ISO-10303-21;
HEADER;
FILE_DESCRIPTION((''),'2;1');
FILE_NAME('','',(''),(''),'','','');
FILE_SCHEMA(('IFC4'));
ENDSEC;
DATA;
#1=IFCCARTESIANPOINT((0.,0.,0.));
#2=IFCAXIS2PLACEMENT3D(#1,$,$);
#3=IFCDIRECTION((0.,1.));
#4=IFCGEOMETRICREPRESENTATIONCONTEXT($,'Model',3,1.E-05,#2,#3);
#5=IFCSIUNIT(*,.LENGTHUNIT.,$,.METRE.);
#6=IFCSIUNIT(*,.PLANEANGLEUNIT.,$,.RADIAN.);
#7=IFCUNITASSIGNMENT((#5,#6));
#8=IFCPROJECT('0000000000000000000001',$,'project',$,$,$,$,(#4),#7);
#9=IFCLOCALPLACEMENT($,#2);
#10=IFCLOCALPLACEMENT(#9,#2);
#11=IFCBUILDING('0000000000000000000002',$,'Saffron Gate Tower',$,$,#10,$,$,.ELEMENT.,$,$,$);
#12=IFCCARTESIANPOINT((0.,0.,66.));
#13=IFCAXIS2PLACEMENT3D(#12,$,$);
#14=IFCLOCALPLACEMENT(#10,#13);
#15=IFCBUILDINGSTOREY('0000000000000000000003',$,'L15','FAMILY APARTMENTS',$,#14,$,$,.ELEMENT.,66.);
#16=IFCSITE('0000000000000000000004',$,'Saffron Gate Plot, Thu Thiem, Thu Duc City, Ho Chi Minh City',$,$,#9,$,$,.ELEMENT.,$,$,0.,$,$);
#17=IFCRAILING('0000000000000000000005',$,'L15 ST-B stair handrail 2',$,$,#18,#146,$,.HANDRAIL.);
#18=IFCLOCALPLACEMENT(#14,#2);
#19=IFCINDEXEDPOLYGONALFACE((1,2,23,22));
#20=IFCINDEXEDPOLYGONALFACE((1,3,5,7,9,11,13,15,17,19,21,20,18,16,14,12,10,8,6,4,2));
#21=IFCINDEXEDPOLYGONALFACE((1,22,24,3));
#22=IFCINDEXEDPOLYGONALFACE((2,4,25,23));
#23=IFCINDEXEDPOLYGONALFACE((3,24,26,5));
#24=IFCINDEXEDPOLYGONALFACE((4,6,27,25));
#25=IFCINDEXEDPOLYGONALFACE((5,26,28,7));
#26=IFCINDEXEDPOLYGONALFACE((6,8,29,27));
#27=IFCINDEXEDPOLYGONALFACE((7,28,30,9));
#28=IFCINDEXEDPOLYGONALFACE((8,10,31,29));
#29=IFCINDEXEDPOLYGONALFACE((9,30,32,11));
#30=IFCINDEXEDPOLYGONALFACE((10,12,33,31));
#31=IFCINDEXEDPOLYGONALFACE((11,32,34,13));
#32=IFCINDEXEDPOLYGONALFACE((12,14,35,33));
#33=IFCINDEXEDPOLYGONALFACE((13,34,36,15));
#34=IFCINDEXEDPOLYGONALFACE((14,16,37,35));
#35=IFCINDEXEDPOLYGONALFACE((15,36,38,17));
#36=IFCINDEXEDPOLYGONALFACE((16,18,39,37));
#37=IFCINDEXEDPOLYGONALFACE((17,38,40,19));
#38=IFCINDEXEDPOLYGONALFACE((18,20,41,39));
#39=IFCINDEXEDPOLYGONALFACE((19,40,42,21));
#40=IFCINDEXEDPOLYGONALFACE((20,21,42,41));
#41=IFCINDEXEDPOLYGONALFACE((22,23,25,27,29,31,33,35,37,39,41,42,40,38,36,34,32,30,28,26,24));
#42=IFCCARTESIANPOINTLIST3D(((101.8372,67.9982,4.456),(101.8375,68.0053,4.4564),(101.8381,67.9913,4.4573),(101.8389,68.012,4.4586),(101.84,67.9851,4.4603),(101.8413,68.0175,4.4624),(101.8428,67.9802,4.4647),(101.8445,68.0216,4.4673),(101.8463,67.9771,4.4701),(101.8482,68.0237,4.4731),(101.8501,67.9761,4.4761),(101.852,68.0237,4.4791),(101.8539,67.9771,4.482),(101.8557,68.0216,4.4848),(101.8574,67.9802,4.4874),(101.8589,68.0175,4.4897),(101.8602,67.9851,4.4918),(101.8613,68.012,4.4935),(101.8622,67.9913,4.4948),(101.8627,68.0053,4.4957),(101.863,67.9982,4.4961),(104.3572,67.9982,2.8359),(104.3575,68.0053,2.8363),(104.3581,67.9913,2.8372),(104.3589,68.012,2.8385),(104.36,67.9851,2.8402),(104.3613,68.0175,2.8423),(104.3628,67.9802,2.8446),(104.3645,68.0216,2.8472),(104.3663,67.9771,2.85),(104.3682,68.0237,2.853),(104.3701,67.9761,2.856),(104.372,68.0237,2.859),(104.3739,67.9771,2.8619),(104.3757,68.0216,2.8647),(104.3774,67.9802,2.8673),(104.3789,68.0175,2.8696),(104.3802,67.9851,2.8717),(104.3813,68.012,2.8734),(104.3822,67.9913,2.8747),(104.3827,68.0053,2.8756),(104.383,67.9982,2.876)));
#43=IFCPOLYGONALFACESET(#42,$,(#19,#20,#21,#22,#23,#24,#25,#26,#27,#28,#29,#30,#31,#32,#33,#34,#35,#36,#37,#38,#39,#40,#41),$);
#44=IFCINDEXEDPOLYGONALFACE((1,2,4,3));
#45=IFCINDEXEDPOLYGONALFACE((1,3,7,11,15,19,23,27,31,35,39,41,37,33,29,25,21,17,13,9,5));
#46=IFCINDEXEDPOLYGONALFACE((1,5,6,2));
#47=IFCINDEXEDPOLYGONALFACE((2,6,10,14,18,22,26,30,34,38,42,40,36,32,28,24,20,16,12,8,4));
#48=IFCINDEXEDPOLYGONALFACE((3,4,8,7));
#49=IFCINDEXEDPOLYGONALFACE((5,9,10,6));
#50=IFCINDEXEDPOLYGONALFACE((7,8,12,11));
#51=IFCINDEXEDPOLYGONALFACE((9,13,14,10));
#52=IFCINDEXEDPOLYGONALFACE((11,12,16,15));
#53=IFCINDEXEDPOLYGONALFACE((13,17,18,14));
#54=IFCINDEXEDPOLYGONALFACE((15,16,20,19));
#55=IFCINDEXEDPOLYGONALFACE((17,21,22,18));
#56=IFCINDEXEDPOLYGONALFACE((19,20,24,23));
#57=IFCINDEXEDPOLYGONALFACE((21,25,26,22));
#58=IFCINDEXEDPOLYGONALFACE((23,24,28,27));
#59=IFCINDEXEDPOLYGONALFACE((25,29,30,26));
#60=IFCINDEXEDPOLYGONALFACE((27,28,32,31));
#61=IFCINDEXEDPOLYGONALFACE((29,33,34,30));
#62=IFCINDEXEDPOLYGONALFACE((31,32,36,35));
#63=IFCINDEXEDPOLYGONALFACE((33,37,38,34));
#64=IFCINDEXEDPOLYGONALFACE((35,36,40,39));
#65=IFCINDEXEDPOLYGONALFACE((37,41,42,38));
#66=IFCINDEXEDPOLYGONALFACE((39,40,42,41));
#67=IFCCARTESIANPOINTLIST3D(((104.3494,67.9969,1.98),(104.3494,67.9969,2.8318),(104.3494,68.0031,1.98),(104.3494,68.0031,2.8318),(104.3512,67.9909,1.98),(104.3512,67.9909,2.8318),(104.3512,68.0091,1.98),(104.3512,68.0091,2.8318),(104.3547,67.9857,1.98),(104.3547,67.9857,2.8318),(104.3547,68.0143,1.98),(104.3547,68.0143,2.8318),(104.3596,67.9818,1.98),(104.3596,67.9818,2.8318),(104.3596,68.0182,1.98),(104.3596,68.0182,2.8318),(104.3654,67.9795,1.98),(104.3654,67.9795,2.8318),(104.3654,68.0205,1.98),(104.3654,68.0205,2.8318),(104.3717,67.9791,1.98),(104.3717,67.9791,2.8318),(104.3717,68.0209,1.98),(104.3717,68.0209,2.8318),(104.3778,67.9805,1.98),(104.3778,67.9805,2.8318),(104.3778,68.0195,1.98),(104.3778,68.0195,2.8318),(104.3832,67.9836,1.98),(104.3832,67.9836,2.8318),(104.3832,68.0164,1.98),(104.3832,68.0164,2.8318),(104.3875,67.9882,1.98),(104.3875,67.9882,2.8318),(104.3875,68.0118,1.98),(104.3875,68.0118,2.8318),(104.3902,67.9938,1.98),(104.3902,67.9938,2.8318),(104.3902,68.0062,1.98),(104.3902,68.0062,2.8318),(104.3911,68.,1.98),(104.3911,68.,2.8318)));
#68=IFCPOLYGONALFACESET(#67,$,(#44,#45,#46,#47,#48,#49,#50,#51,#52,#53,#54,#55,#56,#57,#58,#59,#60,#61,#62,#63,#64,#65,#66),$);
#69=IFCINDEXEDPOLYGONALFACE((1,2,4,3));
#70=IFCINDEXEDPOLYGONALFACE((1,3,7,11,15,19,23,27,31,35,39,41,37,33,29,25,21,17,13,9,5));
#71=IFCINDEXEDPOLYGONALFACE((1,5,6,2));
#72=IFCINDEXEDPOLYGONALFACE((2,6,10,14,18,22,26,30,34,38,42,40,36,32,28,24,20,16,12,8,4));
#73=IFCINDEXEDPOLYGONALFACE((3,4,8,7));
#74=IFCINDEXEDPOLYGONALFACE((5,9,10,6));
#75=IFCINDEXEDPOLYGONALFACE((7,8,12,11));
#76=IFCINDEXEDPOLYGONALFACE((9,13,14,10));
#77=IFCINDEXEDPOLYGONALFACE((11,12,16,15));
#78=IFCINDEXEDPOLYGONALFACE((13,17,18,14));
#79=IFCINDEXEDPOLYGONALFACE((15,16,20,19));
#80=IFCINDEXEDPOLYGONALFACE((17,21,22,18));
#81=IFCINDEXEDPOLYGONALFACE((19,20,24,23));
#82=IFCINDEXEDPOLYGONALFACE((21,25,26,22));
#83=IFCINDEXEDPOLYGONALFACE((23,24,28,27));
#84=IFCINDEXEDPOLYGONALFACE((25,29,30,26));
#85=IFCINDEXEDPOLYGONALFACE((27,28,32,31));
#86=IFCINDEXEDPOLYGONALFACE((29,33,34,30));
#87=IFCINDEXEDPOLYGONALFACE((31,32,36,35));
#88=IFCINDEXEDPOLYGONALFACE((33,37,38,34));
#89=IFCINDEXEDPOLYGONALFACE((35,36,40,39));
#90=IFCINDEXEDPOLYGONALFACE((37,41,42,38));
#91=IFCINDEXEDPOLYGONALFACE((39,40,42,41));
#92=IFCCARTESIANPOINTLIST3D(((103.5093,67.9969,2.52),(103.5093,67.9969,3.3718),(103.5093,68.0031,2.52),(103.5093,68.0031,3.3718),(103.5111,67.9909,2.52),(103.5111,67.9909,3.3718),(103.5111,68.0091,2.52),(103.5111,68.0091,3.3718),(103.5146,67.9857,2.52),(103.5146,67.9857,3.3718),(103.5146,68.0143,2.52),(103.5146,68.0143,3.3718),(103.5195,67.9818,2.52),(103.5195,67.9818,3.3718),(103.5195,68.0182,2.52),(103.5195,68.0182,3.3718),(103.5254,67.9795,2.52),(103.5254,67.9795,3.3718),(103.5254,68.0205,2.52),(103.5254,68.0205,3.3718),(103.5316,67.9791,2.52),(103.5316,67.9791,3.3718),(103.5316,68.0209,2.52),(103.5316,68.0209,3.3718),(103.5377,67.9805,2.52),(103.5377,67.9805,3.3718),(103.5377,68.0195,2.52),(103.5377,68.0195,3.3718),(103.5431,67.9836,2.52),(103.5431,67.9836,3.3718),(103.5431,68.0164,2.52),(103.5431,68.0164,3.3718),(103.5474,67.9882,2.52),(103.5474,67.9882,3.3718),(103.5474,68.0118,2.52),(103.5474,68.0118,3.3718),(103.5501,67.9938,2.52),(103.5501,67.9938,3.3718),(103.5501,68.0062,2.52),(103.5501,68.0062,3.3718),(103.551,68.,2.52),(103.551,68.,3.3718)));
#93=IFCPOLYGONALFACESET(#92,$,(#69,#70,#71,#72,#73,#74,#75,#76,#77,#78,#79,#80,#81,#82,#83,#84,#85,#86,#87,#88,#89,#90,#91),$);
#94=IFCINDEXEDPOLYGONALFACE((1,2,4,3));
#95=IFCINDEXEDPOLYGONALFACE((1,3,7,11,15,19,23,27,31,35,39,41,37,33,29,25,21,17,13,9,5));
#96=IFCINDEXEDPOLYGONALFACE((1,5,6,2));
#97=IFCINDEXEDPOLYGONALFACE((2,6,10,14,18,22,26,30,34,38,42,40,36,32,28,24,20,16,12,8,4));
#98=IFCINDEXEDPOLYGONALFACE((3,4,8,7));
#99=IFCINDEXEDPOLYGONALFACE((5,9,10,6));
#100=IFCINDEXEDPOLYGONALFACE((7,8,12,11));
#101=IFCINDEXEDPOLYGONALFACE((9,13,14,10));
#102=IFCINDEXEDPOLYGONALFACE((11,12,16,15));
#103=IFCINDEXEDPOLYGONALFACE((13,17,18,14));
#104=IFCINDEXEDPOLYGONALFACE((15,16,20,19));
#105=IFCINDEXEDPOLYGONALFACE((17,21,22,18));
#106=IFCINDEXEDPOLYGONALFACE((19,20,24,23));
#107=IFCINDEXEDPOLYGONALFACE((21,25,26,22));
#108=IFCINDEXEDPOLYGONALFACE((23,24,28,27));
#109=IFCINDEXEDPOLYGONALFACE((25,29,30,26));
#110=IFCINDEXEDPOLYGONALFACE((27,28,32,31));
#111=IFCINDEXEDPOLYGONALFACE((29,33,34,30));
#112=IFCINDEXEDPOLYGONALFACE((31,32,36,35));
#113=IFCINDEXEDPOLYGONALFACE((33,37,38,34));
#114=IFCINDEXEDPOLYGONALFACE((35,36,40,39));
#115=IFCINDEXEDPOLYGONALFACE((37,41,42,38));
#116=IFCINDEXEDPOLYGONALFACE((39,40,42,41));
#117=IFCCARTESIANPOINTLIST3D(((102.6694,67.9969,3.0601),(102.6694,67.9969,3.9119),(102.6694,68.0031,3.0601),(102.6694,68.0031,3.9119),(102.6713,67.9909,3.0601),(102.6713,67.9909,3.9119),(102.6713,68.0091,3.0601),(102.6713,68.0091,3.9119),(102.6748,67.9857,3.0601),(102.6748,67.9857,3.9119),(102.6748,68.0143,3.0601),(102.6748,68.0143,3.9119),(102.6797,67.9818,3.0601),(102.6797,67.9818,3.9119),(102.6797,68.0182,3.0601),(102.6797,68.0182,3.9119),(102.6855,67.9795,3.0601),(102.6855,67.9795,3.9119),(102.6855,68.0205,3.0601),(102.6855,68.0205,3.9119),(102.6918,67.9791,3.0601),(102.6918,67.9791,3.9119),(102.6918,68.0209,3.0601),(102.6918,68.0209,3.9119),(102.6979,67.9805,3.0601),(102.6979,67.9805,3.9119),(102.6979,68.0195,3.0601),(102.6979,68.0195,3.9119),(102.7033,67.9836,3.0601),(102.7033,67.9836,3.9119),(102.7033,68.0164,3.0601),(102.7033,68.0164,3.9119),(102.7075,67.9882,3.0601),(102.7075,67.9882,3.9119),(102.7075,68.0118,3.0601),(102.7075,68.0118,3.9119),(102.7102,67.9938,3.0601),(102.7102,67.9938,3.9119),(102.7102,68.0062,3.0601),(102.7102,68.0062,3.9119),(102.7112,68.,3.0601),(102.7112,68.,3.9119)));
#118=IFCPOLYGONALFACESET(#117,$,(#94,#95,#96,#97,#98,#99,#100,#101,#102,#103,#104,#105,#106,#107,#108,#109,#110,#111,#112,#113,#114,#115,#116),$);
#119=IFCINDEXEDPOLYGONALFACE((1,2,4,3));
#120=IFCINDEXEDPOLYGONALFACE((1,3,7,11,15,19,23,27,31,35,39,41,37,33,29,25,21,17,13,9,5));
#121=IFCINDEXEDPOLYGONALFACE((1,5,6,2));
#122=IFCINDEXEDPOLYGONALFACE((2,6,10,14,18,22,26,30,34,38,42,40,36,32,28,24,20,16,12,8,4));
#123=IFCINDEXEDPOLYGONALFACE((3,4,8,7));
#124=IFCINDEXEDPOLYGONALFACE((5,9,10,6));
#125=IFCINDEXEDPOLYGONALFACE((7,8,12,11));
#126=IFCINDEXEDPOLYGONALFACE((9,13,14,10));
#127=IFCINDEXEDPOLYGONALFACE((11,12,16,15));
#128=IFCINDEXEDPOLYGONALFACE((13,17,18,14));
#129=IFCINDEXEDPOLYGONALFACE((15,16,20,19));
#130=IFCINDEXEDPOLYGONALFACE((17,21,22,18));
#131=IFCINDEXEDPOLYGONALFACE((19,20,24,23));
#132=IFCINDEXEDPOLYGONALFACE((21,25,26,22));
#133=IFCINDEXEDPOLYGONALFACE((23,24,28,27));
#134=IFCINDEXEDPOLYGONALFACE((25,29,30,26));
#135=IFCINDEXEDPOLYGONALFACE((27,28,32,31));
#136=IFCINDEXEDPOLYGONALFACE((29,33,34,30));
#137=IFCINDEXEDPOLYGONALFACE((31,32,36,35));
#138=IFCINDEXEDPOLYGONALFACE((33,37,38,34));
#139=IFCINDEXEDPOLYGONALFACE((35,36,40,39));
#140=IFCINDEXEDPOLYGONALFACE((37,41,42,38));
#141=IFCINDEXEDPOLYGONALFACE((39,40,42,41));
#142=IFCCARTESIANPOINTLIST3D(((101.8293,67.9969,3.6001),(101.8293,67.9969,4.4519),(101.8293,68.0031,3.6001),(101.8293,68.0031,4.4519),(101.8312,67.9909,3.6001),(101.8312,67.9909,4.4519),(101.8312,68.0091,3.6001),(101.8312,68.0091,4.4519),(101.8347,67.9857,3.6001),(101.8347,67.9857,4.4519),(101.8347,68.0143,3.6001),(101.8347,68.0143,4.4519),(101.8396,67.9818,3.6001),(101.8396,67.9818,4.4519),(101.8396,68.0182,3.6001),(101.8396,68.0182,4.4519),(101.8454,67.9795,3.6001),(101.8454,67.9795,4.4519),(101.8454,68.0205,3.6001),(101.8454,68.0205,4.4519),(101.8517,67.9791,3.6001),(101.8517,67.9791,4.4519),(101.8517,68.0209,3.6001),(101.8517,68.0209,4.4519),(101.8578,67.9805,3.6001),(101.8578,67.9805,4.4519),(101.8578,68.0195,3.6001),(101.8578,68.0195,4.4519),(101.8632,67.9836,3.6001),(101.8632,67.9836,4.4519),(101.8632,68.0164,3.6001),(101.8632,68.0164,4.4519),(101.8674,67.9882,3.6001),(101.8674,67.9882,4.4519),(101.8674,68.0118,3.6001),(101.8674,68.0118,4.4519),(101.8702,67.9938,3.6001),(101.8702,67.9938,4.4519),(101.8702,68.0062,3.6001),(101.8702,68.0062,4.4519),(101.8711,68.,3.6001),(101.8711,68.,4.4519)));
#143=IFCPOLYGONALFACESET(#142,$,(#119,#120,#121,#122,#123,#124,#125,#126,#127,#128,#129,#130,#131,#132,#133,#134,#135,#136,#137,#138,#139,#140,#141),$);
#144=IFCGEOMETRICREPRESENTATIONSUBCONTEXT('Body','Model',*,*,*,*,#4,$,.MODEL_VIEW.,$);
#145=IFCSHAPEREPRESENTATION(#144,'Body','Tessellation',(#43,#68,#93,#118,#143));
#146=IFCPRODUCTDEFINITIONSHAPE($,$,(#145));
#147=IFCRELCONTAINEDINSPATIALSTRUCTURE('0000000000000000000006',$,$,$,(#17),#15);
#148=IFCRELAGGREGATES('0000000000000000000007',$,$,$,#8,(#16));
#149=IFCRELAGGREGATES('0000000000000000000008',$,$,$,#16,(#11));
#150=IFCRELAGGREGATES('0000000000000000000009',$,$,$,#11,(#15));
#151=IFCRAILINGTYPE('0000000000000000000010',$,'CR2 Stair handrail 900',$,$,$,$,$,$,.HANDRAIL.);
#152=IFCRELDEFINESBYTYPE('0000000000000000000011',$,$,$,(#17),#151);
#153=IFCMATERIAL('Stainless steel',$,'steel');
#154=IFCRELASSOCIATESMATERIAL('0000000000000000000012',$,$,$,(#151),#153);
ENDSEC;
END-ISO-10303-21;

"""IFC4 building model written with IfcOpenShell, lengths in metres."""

from ifc_helpers import new_model, si_unit, direction, frame, origin, origin_2d, place, context, subcontext, project, spatial, circle, extrude, material, type_object, element, save


model = new_model("IFC4")

# Units and contexts
model_context = context("Model", 3, precision=1e-05, world=origin(), true_north=direction((0.0, 1.0)))
body_context = subcontext(model_context, "Body", "Model", "MODEL_VIEW")
ifc_project = project(units=[si_unit("LENGTHUNIT", "METRE"), si_unit("PLANEANGLEUNIT", "RADIAN")], contexts=[model_context])

# Site, building, storey
site_placement = place(None, origin())
site = spatial("IfcSite", under=ifc_project, at=site_placement, Name="Saffron Gate Plot, Thu Thiem, Thu Duc City, Ho Chi Minh City", CompositionType="ELEMENT", RefElevation=0.0)
building_placement = place(site_placement, origin())
building = spatial("IfcBuilding", under=site, at=building_placement, Name="Saffron Gate Tower", CompositionType="ELEMENT")
storey_placement = place(building_placement, frame((0.0, 0.0, 66.0)))
storey = spatial("IfcBuildingStorey", under=building, at=storey_placement, Name="L15", Description="FAMILY APARTMENTS", CompositionType="ELEMENT", Elevation=66.0)

# Railing
ifc_material_1 = material(Name="Stainless steel", Category="steel")
railing_type_1 = type_object("IfcRailingType", Name="CR2 Stair handrail 900", PredefinedType="HANDRAIL", material=ifc_material_1)
for number, where, name in (
    (1, (104.3701, 68.0, 1.98), "L15 ST-B stair handrail 2"),
):
    element("IfcRailing", number, at=place(storey_placement, frame(where)), inside=storey, type_object=railing_type_1, Name=name, PredefinedType="HANDRAIL", context=body_context, shape_type="SweptSolid", body=[
        extrude(circle(Radius=0.0239, at=origin_2d()), frame((0.0, 0.0, 0.876), z_axis=(-0.841163, 0.0, 0.540782), x_axis=(0.0, -1.0, 0.0)), (0.0, 0.0, 1.0), 2.9958),
        extrude(circle(Radius=0.021, at=origin_2d()), origin(), (0.0, 0.0, 1.0), 0.8518),
        extrude(circle(Radius=0.021, at=origin_2d()), frame((-0.8401, 0.0, 0.54)), (0.0, 0.0, 1.0), 0.8518),
        extrude(circle(Radius=0.021, at=origin_2d()), frame((-1.6799, 0.0, 1.0801)), (0.0, 0.0, 1.0), 0.8518),
        extrude(circle(Radius=0.021, at=origin_2d()), frame((-2.52, 0.0, 1.6201)), (0.0, 0.0, 1.0), 0.8518),
    ])

save(model, "model.ifc")
